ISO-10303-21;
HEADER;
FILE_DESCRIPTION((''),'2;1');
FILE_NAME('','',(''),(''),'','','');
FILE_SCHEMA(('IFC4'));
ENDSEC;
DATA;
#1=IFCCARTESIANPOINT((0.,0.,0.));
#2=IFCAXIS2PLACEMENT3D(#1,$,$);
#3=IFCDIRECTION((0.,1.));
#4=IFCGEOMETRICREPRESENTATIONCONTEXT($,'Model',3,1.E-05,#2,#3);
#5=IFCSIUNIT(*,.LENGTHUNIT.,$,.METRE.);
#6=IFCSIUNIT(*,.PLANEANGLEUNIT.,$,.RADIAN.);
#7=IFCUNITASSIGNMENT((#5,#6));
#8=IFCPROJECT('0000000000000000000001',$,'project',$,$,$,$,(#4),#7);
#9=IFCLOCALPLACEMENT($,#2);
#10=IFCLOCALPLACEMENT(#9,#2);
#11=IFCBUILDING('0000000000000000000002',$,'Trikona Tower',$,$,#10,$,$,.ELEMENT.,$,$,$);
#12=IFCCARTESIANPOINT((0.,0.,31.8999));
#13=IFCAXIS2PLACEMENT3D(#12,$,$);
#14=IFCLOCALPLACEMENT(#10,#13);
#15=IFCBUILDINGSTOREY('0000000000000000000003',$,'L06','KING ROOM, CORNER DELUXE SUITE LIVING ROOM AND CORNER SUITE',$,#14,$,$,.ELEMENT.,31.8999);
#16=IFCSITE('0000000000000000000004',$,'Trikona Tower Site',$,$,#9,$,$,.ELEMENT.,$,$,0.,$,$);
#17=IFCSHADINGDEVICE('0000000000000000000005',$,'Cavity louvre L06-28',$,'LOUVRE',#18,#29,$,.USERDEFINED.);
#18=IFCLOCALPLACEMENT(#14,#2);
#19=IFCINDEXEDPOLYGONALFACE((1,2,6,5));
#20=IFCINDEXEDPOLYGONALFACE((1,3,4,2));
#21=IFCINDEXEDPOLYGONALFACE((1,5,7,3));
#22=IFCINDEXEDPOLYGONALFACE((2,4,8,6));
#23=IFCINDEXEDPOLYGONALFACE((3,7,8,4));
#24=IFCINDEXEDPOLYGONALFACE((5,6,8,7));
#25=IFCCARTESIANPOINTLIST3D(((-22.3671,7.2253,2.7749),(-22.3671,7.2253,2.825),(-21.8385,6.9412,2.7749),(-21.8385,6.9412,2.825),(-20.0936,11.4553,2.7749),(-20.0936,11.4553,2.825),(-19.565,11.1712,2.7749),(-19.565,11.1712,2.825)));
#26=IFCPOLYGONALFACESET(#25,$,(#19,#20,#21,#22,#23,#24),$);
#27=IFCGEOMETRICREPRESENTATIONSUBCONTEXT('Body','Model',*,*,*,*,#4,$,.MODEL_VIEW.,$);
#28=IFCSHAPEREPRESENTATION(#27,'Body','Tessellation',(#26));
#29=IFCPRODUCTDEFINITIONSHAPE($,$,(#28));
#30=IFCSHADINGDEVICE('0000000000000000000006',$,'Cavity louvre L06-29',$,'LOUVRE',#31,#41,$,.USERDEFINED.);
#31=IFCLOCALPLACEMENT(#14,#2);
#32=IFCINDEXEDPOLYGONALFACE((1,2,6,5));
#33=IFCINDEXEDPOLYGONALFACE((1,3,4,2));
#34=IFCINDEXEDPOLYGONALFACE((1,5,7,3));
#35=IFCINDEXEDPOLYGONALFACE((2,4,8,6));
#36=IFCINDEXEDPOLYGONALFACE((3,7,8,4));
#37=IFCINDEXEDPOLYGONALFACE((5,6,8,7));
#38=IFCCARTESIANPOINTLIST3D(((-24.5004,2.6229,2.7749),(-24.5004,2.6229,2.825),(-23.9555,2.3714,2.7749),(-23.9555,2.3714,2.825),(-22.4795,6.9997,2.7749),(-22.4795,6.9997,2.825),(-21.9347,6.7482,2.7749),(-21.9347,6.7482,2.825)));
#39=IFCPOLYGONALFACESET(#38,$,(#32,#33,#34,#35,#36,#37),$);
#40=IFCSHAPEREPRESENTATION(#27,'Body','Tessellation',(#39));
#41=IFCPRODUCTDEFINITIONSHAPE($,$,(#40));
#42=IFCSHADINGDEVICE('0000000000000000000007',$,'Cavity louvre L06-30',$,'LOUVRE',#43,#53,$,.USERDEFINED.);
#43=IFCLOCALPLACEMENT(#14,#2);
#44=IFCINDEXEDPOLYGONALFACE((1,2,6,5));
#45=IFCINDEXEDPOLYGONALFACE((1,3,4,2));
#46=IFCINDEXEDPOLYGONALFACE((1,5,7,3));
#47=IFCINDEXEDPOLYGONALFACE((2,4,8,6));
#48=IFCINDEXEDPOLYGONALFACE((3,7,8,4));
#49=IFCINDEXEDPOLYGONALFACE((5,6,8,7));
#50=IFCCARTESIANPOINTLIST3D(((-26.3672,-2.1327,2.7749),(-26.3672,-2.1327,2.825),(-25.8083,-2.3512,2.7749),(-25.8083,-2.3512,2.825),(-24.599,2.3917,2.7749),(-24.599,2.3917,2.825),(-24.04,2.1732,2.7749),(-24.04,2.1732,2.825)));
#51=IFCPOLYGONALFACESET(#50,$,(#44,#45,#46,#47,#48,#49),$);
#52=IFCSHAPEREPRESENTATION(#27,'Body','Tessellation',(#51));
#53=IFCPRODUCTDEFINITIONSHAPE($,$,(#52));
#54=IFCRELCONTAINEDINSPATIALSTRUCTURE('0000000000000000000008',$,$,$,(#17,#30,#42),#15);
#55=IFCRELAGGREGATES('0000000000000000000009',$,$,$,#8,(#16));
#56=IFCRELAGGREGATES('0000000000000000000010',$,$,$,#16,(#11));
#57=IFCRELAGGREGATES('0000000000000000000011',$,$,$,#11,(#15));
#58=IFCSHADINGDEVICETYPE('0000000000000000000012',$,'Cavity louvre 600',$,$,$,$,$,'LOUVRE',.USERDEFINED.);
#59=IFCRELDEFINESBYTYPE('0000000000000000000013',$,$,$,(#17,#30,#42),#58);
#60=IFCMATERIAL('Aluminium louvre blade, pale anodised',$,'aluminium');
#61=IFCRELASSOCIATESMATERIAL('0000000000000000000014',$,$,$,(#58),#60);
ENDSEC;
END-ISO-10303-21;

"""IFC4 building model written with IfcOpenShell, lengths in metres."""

from ifc_helpers import new_model, si_unit, direction, frame, origin, origin_2d, place, context, subcontext, project, spatial, rectangle, extrude, material, type_object, element, save


model = new_model("IFC4")

# Units and contexts
model_context = context("Model", 3, precision=1e-05, world=origin(), true_north=direction((0.0, 1.0)))
body_context = subcontext(model_context, "Body", "Model", "MODEL_VIEW")
ifc_project = project(units=[si_unit("LENGTHUNIT", "METRE"), si_unit("PLANEANGLEUNIT", "RADIAN")], contexts=[model_context])

# Site, building, storey
site_placement = place(None, origin())
site = spatial("IfcSite", under=ifc_project, at=site_placement, Name="Trikona Tower Site", CompositionType="ELEMENT", RefElevation=0.0)
building_placement = place(site_placement, origin())
building = spatial("IfcBuilding", under=site, at=building_placement, Name="Trikona Tower", CompositionType="ELEMENT")
storey_placement = place(building_placement, frame((0.0, 0.0, 31.8999)))
storey = spatial("IfcBuildingStorey", under=building, at=storey_placement, Name="L06", Description="KING ROOM, CORNER DELUXE SUITE LIVING ROOM AND CORNER SUITE", CompositionType="ELEMENT", Elevation=31.8999)

# Shading devices
ifc_material_1 = material(Name="Aluminium louvre blade, pale anodised", Category="aluminium")
shading_device_type = type_object("IfcShadingDeviceType", Name="Cavity louvre 600", ElementType="LOUVRE", PredefinedType="USERDEFINED", material=ifc_material_1)
shading_device_1_placement = place(storey_placement, frame((-20.9661, 9.1982, 2.7749), z_axis=(0.0, 0.0, 1.0), x_axis=(-0.473423, -0.880835, 0.0)))
element("IfcShadingDevice", 1, at=shading_device_1_placement, inside=storey, type_object=shading_device_type, Name="Cavity louvre L06-28", ObjectType="LOUVRE", PredefinedType="USERDEFINED", context=body_context, shape_type="SweptSolid", body=[
    extrude(rectangle(XDim=4.8022, YDim=0.6001, at=origin_2d()), origin(), (0.0, 0.0, 1.0), 0.05),
])
shading_device_2_placement = place(storey_placement, frame((-23.2175, 4.6855, 2.7749), z_axis=(0.0, 0.0, 1.0), x_axis=(-0.419194, -0.907897, 0.0)))
element("IfcShadingDevice", 2, at=shading_device_2_placement, inside=storey, type_object=shading_device_type, Name="Cavity louvre L06-29", ObjectType="LOUVRE", PredefinedType="USERDEFINED", context=body_context, shape_type="SweptSolid", body=[
    extrude(rectangle(XDim=4.8208, YDim=0.6001, at=origin_2d()), origin(), (0.0, 0.0, 1.0), 0.05),
])
shading_device_3_placement = place(storey_placement, frame((-25.2036, 0.0203, 2.7749), z_axis=(0.0, 0.0, 1.0), x_axis=(-0.364009, -0.931395, 0.0)))
element("IfcShadingDevice", 3, at=shading_device_3_placement, inside=storey, type_object=shading_device_type, Name="Cavity louvre L06-30", ObjectType="LOUVRE", PredefinedType="USERDEFINED", context=body_context, shape_type="SweptSolid", body=[
    extrude(rectangle(XDim=4.8577, YDim=0.6001, at=origin_2d()), origin(), (0.0, 0.0, 1.0), 0.05),
])

save(model, "model.ifc")
